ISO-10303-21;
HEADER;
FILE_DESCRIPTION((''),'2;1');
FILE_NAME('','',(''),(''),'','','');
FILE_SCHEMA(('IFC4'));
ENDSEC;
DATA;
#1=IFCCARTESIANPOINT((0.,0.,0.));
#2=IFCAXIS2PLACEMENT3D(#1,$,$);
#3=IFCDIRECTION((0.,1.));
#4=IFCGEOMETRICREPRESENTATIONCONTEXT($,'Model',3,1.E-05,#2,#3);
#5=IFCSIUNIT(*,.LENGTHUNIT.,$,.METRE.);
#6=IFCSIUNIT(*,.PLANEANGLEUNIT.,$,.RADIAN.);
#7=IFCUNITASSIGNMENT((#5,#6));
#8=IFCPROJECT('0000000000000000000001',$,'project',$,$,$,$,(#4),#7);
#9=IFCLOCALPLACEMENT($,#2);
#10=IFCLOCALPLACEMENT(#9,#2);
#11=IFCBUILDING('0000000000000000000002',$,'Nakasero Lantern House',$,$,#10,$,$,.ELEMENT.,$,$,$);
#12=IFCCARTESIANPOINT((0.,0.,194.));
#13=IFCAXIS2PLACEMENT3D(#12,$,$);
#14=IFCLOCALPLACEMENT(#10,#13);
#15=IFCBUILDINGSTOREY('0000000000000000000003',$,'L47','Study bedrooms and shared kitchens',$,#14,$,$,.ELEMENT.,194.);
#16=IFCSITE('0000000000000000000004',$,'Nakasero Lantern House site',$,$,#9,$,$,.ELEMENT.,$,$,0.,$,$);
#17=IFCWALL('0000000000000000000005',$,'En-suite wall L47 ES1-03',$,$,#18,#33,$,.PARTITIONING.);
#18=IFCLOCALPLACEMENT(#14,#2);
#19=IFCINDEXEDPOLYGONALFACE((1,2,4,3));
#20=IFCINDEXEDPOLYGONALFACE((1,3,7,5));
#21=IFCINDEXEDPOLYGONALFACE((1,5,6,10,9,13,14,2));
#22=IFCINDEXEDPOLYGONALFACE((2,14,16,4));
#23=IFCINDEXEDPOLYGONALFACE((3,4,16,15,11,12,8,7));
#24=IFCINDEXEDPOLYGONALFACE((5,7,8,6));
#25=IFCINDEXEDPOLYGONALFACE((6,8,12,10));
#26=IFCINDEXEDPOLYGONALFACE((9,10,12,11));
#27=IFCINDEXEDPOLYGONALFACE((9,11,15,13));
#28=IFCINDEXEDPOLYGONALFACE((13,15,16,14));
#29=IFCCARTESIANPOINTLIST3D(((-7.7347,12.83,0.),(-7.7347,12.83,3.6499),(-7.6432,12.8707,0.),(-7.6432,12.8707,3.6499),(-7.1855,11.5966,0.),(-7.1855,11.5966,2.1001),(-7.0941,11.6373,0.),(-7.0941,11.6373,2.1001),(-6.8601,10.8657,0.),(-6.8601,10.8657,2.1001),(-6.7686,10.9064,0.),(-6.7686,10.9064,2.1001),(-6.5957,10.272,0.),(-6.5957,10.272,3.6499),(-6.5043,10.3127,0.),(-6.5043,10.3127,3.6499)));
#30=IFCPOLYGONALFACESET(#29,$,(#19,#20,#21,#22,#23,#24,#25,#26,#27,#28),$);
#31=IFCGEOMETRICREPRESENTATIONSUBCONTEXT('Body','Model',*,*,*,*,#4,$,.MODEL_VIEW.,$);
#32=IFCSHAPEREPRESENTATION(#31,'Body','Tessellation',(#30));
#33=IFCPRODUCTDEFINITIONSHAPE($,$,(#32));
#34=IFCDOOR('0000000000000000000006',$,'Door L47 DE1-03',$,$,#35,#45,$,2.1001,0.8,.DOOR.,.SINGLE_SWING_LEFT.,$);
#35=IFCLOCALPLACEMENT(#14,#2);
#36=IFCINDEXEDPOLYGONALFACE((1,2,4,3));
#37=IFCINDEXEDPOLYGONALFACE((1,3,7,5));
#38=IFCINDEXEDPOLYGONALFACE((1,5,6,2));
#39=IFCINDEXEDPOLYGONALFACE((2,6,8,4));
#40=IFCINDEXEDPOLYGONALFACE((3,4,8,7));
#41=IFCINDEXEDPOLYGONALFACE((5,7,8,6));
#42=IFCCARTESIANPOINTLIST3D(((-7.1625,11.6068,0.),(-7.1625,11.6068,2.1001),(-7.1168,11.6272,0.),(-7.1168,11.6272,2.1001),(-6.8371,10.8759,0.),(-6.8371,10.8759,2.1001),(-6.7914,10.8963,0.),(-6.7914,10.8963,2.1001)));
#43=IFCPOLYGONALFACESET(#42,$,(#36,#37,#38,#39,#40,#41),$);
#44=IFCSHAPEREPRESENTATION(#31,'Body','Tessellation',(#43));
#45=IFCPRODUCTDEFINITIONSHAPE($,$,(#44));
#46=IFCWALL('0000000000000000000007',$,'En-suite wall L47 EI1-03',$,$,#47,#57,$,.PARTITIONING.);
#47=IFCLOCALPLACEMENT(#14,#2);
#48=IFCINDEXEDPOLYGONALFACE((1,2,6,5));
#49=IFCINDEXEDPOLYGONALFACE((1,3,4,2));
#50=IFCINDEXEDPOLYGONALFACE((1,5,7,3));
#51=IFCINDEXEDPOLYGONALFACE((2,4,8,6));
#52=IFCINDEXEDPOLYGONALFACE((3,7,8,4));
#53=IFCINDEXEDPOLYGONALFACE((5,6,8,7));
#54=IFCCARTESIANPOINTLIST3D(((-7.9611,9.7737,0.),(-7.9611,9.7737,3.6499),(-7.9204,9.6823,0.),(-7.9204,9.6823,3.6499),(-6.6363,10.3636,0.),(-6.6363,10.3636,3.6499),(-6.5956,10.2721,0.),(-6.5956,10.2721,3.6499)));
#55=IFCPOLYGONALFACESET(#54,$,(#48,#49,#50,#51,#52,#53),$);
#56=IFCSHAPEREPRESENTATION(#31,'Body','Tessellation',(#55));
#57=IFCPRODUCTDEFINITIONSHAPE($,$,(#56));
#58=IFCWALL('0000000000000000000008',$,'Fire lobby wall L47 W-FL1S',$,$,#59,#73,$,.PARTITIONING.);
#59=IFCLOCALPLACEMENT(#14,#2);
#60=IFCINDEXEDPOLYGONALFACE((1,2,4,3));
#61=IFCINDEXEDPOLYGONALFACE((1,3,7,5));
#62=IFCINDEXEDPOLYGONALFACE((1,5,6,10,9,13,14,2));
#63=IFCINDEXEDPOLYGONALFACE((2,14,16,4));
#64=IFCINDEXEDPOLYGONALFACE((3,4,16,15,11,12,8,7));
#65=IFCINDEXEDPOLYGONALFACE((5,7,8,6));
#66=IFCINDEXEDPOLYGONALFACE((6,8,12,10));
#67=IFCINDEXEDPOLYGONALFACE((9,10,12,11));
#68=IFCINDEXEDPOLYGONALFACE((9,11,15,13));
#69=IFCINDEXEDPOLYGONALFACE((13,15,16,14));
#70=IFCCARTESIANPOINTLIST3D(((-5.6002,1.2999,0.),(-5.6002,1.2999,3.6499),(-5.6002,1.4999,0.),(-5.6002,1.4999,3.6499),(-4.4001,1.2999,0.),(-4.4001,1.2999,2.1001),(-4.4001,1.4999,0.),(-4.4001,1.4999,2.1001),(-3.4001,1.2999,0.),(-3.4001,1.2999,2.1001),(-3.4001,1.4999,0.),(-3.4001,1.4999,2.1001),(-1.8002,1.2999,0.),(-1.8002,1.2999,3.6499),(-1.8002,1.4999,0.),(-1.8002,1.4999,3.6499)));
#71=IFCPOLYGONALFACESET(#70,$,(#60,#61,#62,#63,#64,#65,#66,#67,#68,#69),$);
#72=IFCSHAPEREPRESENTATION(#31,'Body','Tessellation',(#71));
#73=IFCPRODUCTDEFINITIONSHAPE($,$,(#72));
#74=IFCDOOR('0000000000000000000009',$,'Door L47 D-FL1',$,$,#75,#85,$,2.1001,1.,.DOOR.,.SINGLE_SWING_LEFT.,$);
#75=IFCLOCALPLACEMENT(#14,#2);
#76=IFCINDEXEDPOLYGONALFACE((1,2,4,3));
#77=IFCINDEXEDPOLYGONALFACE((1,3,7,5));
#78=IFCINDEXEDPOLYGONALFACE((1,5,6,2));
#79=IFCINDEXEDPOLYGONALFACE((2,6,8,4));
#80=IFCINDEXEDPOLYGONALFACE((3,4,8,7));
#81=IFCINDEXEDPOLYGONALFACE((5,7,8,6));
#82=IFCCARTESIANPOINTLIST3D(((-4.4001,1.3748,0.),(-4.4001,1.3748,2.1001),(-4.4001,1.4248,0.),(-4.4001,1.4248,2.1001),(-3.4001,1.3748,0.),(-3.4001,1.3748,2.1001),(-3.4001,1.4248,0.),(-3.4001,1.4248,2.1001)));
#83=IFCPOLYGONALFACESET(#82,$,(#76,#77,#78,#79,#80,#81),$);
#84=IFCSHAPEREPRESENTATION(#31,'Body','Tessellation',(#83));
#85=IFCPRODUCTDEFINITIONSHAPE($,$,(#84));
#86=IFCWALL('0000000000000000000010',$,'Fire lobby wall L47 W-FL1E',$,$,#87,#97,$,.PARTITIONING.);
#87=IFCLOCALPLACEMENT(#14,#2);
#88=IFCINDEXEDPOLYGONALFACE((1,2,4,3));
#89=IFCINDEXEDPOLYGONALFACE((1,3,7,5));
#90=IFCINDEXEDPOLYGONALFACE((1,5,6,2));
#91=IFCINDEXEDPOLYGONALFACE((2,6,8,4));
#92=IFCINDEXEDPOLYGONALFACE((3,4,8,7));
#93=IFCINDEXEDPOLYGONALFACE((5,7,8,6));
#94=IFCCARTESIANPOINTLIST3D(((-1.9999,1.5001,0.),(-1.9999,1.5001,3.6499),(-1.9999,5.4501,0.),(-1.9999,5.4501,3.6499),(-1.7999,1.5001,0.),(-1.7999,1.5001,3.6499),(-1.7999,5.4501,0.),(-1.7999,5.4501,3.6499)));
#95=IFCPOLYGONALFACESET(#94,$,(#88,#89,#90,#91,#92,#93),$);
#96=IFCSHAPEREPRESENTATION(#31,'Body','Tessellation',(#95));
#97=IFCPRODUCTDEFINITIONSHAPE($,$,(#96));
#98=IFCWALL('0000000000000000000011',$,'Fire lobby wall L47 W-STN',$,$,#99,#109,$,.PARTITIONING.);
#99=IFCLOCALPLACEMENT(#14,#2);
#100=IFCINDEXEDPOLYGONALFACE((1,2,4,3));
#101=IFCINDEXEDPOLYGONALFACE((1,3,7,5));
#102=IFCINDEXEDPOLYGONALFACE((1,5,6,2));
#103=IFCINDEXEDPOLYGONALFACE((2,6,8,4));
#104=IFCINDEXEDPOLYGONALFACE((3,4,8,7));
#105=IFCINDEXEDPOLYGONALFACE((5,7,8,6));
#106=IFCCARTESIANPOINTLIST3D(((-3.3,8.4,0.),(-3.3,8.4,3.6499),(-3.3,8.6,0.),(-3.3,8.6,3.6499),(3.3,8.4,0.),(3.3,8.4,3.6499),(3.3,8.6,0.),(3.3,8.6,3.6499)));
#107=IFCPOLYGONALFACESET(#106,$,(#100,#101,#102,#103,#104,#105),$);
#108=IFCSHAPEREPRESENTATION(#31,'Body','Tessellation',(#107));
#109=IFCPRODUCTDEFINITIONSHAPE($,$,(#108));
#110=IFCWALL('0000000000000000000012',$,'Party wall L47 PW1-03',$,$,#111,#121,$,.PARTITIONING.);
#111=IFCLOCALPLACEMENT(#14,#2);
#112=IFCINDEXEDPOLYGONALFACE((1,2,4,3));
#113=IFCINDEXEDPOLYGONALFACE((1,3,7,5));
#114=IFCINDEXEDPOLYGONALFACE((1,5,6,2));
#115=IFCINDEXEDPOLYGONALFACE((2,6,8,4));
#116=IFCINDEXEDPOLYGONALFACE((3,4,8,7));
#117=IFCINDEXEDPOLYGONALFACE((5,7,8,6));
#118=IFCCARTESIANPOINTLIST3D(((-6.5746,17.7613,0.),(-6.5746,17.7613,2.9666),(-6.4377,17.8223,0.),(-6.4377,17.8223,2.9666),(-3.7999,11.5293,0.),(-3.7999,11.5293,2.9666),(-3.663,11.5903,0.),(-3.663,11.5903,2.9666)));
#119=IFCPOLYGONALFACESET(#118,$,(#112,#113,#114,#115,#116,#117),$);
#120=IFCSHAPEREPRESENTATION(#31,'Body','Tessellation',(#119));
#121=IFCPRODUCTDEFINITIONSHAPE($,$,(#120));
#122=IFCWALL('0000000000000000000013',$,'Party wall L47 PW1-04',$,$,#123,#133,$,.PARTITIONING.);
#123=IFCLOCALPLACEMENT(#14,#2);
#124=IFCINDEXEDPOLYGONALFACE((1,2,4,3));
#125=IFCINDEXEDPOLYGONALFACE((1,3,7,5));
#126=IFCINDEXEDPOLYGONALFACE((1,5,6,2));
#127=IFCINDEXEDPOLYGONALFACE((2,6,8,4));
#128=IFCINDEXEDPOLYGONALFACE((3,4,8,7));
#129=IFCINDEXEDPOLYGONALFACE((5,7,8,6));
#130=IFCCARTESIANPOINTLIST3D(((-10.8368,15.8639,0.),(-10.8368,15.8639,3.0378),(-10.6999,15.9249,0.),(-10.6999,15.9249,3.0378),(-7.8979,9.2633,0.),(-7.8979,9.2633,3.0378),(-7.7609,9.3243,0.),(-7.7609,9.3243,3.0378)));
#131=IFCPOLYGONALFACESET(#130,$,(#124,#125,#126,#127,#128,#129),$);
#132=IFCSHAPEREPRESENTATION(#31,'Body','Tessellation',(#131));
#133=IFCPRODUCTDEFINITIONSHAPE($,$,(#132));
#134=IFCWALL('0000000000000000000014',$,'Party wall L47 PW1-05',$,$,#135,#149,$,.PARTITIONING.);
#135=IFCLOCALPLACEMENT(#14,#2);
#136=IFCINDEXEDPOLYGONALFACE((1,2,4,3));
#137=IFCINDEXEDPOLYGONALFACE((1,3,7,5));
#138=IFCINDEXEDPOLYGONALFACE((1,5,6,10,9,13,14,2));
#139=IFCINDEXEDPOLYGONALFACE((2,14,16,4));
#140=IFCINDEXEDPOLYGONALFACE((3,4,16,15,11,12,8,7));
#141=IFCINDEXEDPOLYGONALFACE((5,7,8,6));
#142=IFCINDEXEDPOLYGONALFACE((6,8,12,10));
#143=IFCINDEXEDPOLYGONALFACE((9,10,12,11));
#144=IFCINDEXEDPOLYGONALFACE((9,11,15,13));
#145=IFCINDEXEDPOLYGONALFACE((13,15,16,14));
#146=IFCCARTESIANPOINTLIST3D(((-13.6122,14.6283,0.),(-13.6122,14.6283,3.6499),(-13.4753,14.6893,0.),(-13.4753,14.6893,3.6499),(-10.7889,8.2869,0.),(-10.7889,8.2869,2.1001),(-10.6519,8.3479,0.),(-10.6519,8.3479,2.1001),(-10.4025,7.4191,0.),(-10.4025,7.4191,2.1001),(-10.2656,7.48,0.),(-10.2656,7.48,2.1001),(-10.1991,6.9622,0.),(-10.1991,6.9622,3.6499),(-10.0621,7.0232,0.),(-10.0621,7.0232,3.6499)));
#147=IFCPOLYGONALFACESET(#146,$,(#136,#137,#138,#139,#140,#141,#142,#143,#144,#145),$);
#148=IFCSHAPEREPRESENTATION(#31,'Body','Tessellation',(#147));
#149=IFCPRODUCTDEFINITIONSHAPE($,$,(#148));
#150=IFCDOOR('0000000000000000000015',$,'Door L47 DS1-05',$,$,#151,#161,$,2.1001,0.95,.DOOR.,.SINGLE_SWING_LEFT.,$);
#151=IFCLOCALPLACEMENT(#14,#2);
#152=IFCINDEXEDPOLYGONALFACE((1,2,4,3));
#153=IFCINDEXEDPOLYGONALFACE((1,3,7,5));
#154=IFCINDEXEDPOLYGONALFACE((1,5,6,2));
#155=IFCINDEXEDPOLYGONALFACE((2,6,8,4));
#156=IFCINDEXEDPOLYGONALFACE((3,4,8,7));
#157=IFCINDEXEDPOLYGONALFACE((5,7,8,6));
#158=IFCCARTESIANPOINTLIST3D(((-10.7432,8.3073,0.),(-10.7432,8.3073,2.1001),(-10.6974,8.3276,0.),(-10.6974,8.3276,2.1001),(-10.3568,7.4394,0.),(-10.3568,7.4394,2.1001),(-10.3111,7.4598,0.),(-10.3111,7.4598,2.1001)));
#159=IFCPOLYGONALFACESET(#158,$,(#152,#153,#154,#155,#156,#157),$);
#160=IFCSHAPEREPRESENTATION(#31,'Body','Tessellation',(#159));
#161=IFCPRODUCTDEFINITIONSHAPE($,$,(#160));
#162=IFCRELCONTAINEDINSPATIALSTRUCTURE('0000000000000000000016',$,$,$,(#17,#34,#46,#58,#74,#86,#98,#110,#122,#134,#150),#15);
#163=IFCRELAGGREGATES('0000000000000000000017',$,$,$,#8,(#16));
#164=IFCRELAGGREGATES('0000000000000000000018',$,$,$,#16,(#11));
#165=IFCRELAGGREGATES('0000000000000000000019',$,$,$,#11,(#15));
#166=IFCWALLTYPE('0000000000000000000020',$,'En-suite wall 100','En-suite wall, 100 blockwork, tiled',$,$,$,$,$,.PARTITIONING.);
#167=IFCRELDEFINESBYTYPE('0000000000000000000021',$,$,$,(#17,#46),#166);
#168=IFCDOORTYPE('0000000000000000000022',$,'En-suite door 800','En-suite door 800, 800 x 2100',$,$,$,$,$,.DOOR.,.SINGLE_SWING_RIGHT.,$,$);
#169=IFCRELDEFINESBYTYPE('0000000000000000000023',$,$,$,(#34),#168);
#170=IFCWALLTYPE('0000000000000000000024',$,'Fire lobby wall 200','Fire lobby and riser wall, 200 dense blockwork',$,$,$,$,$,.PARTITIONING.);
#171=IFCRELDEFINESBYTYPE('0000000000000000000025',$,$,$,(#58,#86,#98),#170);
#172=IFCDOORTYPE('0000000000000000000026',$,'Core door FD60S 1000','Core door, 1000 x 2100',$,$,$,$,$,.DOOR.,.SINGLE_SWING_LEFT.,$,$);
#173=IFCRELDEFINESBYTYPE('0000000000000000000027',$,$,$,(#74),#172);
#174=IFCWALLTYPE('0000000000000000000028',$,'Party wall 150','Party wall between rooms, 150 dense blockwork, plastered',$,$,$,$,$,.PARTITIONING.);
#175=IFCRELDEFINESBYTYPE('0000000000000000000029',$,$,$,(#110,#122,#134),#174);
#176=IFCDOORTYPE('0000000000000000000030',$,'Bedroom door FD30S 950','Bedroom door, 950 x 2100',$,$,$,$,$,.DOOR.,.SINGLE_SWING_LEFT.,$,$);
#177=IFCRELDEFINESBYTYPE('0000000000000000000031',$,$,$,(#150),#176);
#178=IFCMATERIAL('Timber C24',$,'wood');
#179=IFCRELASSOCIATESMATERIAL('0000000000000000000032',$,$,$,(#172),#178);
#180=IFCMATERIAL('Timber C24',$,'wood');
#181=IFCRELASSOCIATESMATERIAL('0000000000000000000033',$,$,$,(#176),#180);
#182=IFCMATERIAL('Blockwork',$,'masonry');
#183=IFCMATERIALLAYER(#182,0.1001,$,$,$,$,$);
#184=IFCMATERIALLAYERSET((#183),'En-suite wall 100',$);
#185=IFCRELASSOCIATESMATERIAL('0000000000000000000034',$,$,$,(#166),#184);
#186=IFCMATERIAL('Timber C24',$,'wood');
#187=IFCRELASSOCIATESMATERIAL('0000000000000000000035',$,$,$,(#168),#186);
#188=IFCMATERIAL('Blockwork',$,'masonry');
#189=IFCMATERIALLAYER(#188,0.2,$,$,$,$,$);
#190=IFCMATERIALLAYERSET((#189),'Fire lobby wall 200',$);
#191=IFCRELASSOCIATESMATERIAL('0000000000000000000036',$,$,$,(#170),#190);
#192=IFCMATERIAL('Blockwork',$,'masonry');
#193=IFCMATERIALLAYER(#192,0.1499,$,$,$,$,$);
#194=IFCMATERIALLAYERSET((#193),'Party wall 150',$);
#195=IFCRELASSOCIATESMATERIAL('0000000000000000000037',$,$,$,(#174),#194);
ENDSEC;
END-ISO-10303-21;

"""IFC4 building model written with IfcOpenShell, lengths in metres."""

from ifc_helpers import new_model, si_unit, direction, frame, frame_2d, origin, place, context, subcontext, project, spatial, rectangle, extrude, material, layer, layer_set, type_object, element, fill, save


model = new_model("IFC4")

# Units and contexts
model_context = context("Model", 3, precision=1e-05, world=origin(), true_north=direction((0.0, 1.0)))
body_context = subcontext(model_context, "Body", "Model", "MODEL_VIEW")
ifc_project = project(units=[si_unit("LENGTHUNIT", "METRE"), si_unit("PLANEANGLEUNIT", "RADIAN")], contexts=[model_context])

# Site, building, storey
site_placement = place(None, origin())
site = spatial("IfcSite", under=ifc_project, at=site_placement, Name="Nakasero Lantern House site", CompositionType="ELEMENT", RefElevation=0.0)
building_placement = place(site_placement, origin())
building = spatial("IfcBuilding", under=site, at=building_placement, Name="Nakasero Lantern House", CompositionType="ELEMENT")
storey_placement = place(building_placement, frame((0.0, 0.0, 194.0)))
storey = spatial("IfcBuildingStorey", under=building, at=storey_placement, Name="L47", Description="Study bedrooms and shared kitchens", CompositionType="ELEMENT", Elevation=194.0)

# Shared definitions
ifc_material_1 = material(Name="Timber C24", Category="wood")
door_type_1 = type_object("IfcDoorType", Name="Core door FD60S 1000", Description="Core door, 1000 x 2100", OperationType="SINGLE_SWING_LEFT", PredefinedType="DOOR", material=ifc_material_1)

# Shared definitions
ifc_material_2 = material(Name="Timber C24", Category="wood")
door_type_2 = type_object("IfcDoorType", Name="Bedroom door FD30S 950", Description="Bedroom door, 950 x 2100", OperationType="SINGLE_SWING_LEFT", PredefinedType="DOOR", material=ifc_material_2)

# Wall, opening, door
ifc_material_3 = material(Name="Blockwork", Category="masonry")
ifc_layer_1 = layer(ifc_material_3, 0.1001)
ifc_layer_set_1 = layer_set([ifc_layer_1], Name="En-suite wall 100")
wall_type_1 = type_object("IfcWallType", Name="En-suite wall 100", Description="En-suite wall, 100 blockwork, tiled", PredefinedType="PARTITIONING", material=ifc_layer_set_1)
wall_1_placement = place(storey_placement, frame((-6.55, 10.2925, 0.0), z_axis=(0.0, 0.0, 1.0), x_axis=(-0.406761, 0.913534, 0.0)))
wall_1 = element("IfcWall", 1, at=wall_1_placement, inside=storey, type_object=wall_type_1, Name="En-suite wall L47 ES1-03", PredefinedType="PARTITIONING", context=body_context, shape_type="SweptSolid", body=[
    extrude(rectangle(XDim=2.8, YDim=0.1001, at=frame_2d((1.3999, 0.0))), origin(), (0.0, 0.0, 1.0), 3.6499),
])
opening_1_placement = place(wall_1_placement, frame((0.6499, 0.0, 0.0)))
opening_1 = element("IfcOpeningElement", 2, at=opening_1_placement, cuts=wall_1, PredefinedType="OPENING", context=body_context, shape_type="SweptSolid", body=[
    extrude(rectangle(XDim=0.8, YDim=2.1001, at=frame_2d((0.3999, 1.05))), frame((0.0, 0.0701, 0.0), z_axis=(0.0, -1.0, 0.0), x_axis=(1.0, 0.0, 0.0)), (0.0, 0.0, 1.0), 0.1401),
])
ifc_material_4 = material(Name="Timber C24", Category="wood")
door_type_3 = type_object("IfcDoorType", Name="En-suite door 800", Description="En-suite door 800, 800 x 2100", OperationType="SINGLE_SWING_RIGHT", PredefinedType="DOOR", material=ifc_material_4)
door_1_placement = place(opening_1_placement, origin())
door_1 = element("IfcDoor", 3, at=door_1_placement, inside=storey, type_object=door_type_3, Name="Door L47 DE1-03", OperationType="SINGLE_SWING_LEFT", OverallHeight=2.1001, OverallWidth=0.8, PredefinedType="DOOR", context=body_context, shape_type="SweptSolid", body=[
    extrude(rectangle(XDim=0.8, YDim=2.1001, at=frame_2d((0.3999, 1.05))), frame((0.0, 0.0249, 0.0), z_axis=(0.0, -1.0, 0.0), x_axis=(1.0, 0.0, 0.0)), (0.0, 0.0, 1.0), 0.05),
])
fill(opening_1, door_1)

# Wall
wall_2_placement = place(storey_placement, frame((-6.616, 10.3179, 0.0), z_axis=(0.0, 0.0, 1.0), x_axis=(-0.913534, -0.406763, 0.0)))
element("IfcWall", 4, at=wall_2_placement, inside=storey, type_object=wall_type_1, Name="En-suite wall L47 EI1-03", PredefinedType="PARTITIONING", context=body_context, shape_type="SweptSolid", body=[
    extrude(rectangle(XDim=1.4502, YDim=0.1001, at=frame_2d((0.7251, 0.0))), origin(), (0.0, 0.0, 1.0), 3.6499),
])

# Wall, opening, door
ifc_material_5 = material(Name="Blockwork", Category="masonry")
ifc_layer_2 = layer(ifc_material_5, 0.2)
ifc_layer_set_2 = layer_set([ifc_layer_2], Name="Fire lobby wall 200")
wall_type_2 = type_object("IfcWallType", Name="Fire lobby wall 200", Description="Fire lobby and riser wall, 200 dense blockwork", PredefinedType="PARTITIONING", material=ifc_layer_set_2)
wall_3_placement = place(storey_placement, frame((-5.6001, 1.3999, 0.0), z_axis=(0.0, 0.0, 1.0), x_axis=(1.0, 0.0, 0.0)))
wall_3 = element("IfcWall", 5, at=wall_3_placement, inside=storey, type_object=wall_type_2, Name="Fire lobby wall L47 W-FL1S", PredefinedType="PARTITIONING", context=body_context, shape_type="SweptSolid", body=[
    extrude(rectangle(XDim=3.8, YDim=0.2, at=frame_2d((1.8999, 0.0))), origin(), (0.0, 0.0, 1.0), 3.6499),
])
opening_2_placement = place(wall_3_placement, frame((1.2, 0.0, 0.0)))
opening_2 = element("IfcOpeningElement", 6, at=opening_2_placement, cuts=wall_3, PredefinedType="OPENING", context=body_context, shape_type="SweptSolid", body=[
    extrude(rectangle(XDim=1.0, YDim=2.1001, at=frame_2d((0.5, 1.05))), frame((0.0, 0.1199, 0.0), z_axis=(0.0, -1.0, 0.0), x_axis=(1.0, 0.0, 0.0)), (0.0, 0.0, 1.0), 0.24),
])
door_2_placement = place(opening_2_placement, origin())
door_2 = element("IfcDoor", 7, at=door_2_placement, inside=storey, type_object=door_type_1, Name="Door L47 D-FL1", OperationType="SINGLE_SWING_LEFT", OverallHeight=2.1001, OverallWidth=1.0, PredefinedType="DOOR", context=body_context, shape_type="SweptSolid", body=[
    extrude(rectangle(XDim=1.0, YDim=2.1001, at=frame_2d((0.5, 1.05))), frame((0.0, 0.0249, 0.0), z_axis=(0.0, -1.0, 0.0), x_axis=(1.0, 0.0, 0.0)), (0.0, 0.0, 1.0), 0.05),
])
fill(opening_2, door_2)

# Walls
wall_4_placement = place(storey_placement, frame((-1.8999, 1.5, 0.0), z_axis=(0.0, 0.0, 1.0), x_axis=(0.0, 1.0, 0.0)))
element("IfcWall", 8, at=wall_4_placement, inside=storey, type_object=wall_type_2, Name="Fire lobby wall L47 W-FL1E", PredefinedType="PARTITIONING", context=body_context, shape_type="SweptSolid", body=[
    extrude(rectangle(XDim=3.95, YDim=0.2, at=frame_2d((1.9751, 0.0))), origin(), (0.0, 0.0, 1.0), 3.6499),
])
wall_5_placement = place(storey_placement, frame((-3.3, 8.5, 0.0), z_axis=(0.0, 0.0, 1.0), x_axis=(1.0, 0.0, 0.0)))
element("IfcWall", 9, at=wall_5_placement, inside=storey, type_object=wall_type_2, Name="Fire lobby wall L47 W-STN", PredefinedType="PARTITIONING", context=body_context, shape_type="SweptSolid", body=[
    extrude(rectangle(XDim=6.6001, YDim=0.2, at=frame_2d((3.3, 0.0))), origin(), (0.0, 0.0, 1.0), 3.6499),
])
ifc_material_6 = material(Name="Blockwork", Category="masonry")
ifc_layer_3 = layer(ifc_material_6, 0.1499)
ifc_layer_set_3 = layer_set([ifc_layer_3], Name="Party wall 150")
wall_type_3 = type_object("IfcWallType", Name="Party wall 150", Description="Party wall between rooms, 150 dense blockwork, plastered", PredefinedType="PARTITIONING", material=ifc_layer_set_3)
wall_6_placement = place(storey_placement, frame((-3.7314, 11.5598, 0.0), z_axis=(0.0, 0.0, 1.0), x_axis=(-0.406739, 0.913544, 0.0)))
element("IfcWall", 10, at=wall_6_placement, inside=storey, type_object=wall_type_3, Name="Party wall L47 PW1-03", PredefinedType="PARTITIONING", context=body_context, shape_type="SweptSolid", body=[
    extrude(rectangle(XDim=6.8218, YDim=0.1499, at=frame_2d((3.4109, 0.0))), origin(), (0.0, 0.0, 1.0), 2.9666),
])
wall_7_placement = place(storey_placement, frame((-7.8293, 9.2937, 0.0), z_axis=(0.0, 0.0, 1.0), x_axis=(-0.406759, 0.913535, 0.0)))
element("IfcWall", 11, at=wall_7_placement, inside=storey, type_object=wall_type_3, Name="Party wall L47 PW1-04", PredefinedType="PARTITIONING", context=body_context, shape_type="SweptSolid", body=[
    extrude(rectangle(XDim=7.2253, YDim=0.1499, at=frame_2d((3.6128, 0.0))), origin(), (0.0, 0.0, 1.0), 3.0378),
])

# Wall, opening, door
wall_8_placement = place(storey_placement, frame((-10.1306, 6.9927, 0.0), z_axis=(0.0, 0.0, 1.0), x_axis=(-0.406732, 0.913547, 0.0)))
wall_8 = element("IfcWall", 12, at=wall_8_placement, inside=storey, type_object=wall_type_3, Name="Party wall L47 PW1-05", PredefinedType="PARTITIONING", context=body_context, shape_type="SweptSolid", body=[
    extrude(rectangle(XDim=8.3916, YDim=0.1499, at=frame_2d((4.1958, 0.0))), origin(), (0.0, 0.0, 1.0), 3.6499),
])
opening_3_placement = place(wall_8_placement, frame((0.5, 0.0, 0.0)))
opening_3 = element("IfcOpeningElement", 13, at=opening_3_placement, cuts=wall_8, PredefinedType="OPENING", context=body_context, shape_type="SweptSolid", body=[
    extrude(rectangle(XDim=0.95, YDim=2.1001, at=frame_2d((0.4751, 1.05))), frame((0.0, 0.095, 0.0), z_axis=(0.0, -1.0, 0.0), x_axis=(1.0, 0.0, 0.0)), (0.0, 0.0, 1.0), 0.1899),
])
door_3_placement = place(opening_3_placement, origin())
door_3 = element("IfcDoor", 14, at=door_3_placement, inside=storey, type_object=door_type_2, Name="Door L47 DS1-05", OperationType="SINGLE_SWING_LEFT", OverallHeight=2.1001, OverallWidth=0.95, PredefinedType="DOOR", context=body_context, shape_type="SweptSolid", body=[
    extrude(rectangle(XDim=0.95, YDim=2.1001, at=frame_2d((0.4751, 1.05))), frame((0.0, 0.0249, 0.0), z_axis=(0.0, -1.0, 0.0), x_axis=(1.0, 0.0, 0.0)), (0.0, 0.0, 1.0), 0.05),
])
fill(opening_3, door_3)

save(model, "model.ifc")
